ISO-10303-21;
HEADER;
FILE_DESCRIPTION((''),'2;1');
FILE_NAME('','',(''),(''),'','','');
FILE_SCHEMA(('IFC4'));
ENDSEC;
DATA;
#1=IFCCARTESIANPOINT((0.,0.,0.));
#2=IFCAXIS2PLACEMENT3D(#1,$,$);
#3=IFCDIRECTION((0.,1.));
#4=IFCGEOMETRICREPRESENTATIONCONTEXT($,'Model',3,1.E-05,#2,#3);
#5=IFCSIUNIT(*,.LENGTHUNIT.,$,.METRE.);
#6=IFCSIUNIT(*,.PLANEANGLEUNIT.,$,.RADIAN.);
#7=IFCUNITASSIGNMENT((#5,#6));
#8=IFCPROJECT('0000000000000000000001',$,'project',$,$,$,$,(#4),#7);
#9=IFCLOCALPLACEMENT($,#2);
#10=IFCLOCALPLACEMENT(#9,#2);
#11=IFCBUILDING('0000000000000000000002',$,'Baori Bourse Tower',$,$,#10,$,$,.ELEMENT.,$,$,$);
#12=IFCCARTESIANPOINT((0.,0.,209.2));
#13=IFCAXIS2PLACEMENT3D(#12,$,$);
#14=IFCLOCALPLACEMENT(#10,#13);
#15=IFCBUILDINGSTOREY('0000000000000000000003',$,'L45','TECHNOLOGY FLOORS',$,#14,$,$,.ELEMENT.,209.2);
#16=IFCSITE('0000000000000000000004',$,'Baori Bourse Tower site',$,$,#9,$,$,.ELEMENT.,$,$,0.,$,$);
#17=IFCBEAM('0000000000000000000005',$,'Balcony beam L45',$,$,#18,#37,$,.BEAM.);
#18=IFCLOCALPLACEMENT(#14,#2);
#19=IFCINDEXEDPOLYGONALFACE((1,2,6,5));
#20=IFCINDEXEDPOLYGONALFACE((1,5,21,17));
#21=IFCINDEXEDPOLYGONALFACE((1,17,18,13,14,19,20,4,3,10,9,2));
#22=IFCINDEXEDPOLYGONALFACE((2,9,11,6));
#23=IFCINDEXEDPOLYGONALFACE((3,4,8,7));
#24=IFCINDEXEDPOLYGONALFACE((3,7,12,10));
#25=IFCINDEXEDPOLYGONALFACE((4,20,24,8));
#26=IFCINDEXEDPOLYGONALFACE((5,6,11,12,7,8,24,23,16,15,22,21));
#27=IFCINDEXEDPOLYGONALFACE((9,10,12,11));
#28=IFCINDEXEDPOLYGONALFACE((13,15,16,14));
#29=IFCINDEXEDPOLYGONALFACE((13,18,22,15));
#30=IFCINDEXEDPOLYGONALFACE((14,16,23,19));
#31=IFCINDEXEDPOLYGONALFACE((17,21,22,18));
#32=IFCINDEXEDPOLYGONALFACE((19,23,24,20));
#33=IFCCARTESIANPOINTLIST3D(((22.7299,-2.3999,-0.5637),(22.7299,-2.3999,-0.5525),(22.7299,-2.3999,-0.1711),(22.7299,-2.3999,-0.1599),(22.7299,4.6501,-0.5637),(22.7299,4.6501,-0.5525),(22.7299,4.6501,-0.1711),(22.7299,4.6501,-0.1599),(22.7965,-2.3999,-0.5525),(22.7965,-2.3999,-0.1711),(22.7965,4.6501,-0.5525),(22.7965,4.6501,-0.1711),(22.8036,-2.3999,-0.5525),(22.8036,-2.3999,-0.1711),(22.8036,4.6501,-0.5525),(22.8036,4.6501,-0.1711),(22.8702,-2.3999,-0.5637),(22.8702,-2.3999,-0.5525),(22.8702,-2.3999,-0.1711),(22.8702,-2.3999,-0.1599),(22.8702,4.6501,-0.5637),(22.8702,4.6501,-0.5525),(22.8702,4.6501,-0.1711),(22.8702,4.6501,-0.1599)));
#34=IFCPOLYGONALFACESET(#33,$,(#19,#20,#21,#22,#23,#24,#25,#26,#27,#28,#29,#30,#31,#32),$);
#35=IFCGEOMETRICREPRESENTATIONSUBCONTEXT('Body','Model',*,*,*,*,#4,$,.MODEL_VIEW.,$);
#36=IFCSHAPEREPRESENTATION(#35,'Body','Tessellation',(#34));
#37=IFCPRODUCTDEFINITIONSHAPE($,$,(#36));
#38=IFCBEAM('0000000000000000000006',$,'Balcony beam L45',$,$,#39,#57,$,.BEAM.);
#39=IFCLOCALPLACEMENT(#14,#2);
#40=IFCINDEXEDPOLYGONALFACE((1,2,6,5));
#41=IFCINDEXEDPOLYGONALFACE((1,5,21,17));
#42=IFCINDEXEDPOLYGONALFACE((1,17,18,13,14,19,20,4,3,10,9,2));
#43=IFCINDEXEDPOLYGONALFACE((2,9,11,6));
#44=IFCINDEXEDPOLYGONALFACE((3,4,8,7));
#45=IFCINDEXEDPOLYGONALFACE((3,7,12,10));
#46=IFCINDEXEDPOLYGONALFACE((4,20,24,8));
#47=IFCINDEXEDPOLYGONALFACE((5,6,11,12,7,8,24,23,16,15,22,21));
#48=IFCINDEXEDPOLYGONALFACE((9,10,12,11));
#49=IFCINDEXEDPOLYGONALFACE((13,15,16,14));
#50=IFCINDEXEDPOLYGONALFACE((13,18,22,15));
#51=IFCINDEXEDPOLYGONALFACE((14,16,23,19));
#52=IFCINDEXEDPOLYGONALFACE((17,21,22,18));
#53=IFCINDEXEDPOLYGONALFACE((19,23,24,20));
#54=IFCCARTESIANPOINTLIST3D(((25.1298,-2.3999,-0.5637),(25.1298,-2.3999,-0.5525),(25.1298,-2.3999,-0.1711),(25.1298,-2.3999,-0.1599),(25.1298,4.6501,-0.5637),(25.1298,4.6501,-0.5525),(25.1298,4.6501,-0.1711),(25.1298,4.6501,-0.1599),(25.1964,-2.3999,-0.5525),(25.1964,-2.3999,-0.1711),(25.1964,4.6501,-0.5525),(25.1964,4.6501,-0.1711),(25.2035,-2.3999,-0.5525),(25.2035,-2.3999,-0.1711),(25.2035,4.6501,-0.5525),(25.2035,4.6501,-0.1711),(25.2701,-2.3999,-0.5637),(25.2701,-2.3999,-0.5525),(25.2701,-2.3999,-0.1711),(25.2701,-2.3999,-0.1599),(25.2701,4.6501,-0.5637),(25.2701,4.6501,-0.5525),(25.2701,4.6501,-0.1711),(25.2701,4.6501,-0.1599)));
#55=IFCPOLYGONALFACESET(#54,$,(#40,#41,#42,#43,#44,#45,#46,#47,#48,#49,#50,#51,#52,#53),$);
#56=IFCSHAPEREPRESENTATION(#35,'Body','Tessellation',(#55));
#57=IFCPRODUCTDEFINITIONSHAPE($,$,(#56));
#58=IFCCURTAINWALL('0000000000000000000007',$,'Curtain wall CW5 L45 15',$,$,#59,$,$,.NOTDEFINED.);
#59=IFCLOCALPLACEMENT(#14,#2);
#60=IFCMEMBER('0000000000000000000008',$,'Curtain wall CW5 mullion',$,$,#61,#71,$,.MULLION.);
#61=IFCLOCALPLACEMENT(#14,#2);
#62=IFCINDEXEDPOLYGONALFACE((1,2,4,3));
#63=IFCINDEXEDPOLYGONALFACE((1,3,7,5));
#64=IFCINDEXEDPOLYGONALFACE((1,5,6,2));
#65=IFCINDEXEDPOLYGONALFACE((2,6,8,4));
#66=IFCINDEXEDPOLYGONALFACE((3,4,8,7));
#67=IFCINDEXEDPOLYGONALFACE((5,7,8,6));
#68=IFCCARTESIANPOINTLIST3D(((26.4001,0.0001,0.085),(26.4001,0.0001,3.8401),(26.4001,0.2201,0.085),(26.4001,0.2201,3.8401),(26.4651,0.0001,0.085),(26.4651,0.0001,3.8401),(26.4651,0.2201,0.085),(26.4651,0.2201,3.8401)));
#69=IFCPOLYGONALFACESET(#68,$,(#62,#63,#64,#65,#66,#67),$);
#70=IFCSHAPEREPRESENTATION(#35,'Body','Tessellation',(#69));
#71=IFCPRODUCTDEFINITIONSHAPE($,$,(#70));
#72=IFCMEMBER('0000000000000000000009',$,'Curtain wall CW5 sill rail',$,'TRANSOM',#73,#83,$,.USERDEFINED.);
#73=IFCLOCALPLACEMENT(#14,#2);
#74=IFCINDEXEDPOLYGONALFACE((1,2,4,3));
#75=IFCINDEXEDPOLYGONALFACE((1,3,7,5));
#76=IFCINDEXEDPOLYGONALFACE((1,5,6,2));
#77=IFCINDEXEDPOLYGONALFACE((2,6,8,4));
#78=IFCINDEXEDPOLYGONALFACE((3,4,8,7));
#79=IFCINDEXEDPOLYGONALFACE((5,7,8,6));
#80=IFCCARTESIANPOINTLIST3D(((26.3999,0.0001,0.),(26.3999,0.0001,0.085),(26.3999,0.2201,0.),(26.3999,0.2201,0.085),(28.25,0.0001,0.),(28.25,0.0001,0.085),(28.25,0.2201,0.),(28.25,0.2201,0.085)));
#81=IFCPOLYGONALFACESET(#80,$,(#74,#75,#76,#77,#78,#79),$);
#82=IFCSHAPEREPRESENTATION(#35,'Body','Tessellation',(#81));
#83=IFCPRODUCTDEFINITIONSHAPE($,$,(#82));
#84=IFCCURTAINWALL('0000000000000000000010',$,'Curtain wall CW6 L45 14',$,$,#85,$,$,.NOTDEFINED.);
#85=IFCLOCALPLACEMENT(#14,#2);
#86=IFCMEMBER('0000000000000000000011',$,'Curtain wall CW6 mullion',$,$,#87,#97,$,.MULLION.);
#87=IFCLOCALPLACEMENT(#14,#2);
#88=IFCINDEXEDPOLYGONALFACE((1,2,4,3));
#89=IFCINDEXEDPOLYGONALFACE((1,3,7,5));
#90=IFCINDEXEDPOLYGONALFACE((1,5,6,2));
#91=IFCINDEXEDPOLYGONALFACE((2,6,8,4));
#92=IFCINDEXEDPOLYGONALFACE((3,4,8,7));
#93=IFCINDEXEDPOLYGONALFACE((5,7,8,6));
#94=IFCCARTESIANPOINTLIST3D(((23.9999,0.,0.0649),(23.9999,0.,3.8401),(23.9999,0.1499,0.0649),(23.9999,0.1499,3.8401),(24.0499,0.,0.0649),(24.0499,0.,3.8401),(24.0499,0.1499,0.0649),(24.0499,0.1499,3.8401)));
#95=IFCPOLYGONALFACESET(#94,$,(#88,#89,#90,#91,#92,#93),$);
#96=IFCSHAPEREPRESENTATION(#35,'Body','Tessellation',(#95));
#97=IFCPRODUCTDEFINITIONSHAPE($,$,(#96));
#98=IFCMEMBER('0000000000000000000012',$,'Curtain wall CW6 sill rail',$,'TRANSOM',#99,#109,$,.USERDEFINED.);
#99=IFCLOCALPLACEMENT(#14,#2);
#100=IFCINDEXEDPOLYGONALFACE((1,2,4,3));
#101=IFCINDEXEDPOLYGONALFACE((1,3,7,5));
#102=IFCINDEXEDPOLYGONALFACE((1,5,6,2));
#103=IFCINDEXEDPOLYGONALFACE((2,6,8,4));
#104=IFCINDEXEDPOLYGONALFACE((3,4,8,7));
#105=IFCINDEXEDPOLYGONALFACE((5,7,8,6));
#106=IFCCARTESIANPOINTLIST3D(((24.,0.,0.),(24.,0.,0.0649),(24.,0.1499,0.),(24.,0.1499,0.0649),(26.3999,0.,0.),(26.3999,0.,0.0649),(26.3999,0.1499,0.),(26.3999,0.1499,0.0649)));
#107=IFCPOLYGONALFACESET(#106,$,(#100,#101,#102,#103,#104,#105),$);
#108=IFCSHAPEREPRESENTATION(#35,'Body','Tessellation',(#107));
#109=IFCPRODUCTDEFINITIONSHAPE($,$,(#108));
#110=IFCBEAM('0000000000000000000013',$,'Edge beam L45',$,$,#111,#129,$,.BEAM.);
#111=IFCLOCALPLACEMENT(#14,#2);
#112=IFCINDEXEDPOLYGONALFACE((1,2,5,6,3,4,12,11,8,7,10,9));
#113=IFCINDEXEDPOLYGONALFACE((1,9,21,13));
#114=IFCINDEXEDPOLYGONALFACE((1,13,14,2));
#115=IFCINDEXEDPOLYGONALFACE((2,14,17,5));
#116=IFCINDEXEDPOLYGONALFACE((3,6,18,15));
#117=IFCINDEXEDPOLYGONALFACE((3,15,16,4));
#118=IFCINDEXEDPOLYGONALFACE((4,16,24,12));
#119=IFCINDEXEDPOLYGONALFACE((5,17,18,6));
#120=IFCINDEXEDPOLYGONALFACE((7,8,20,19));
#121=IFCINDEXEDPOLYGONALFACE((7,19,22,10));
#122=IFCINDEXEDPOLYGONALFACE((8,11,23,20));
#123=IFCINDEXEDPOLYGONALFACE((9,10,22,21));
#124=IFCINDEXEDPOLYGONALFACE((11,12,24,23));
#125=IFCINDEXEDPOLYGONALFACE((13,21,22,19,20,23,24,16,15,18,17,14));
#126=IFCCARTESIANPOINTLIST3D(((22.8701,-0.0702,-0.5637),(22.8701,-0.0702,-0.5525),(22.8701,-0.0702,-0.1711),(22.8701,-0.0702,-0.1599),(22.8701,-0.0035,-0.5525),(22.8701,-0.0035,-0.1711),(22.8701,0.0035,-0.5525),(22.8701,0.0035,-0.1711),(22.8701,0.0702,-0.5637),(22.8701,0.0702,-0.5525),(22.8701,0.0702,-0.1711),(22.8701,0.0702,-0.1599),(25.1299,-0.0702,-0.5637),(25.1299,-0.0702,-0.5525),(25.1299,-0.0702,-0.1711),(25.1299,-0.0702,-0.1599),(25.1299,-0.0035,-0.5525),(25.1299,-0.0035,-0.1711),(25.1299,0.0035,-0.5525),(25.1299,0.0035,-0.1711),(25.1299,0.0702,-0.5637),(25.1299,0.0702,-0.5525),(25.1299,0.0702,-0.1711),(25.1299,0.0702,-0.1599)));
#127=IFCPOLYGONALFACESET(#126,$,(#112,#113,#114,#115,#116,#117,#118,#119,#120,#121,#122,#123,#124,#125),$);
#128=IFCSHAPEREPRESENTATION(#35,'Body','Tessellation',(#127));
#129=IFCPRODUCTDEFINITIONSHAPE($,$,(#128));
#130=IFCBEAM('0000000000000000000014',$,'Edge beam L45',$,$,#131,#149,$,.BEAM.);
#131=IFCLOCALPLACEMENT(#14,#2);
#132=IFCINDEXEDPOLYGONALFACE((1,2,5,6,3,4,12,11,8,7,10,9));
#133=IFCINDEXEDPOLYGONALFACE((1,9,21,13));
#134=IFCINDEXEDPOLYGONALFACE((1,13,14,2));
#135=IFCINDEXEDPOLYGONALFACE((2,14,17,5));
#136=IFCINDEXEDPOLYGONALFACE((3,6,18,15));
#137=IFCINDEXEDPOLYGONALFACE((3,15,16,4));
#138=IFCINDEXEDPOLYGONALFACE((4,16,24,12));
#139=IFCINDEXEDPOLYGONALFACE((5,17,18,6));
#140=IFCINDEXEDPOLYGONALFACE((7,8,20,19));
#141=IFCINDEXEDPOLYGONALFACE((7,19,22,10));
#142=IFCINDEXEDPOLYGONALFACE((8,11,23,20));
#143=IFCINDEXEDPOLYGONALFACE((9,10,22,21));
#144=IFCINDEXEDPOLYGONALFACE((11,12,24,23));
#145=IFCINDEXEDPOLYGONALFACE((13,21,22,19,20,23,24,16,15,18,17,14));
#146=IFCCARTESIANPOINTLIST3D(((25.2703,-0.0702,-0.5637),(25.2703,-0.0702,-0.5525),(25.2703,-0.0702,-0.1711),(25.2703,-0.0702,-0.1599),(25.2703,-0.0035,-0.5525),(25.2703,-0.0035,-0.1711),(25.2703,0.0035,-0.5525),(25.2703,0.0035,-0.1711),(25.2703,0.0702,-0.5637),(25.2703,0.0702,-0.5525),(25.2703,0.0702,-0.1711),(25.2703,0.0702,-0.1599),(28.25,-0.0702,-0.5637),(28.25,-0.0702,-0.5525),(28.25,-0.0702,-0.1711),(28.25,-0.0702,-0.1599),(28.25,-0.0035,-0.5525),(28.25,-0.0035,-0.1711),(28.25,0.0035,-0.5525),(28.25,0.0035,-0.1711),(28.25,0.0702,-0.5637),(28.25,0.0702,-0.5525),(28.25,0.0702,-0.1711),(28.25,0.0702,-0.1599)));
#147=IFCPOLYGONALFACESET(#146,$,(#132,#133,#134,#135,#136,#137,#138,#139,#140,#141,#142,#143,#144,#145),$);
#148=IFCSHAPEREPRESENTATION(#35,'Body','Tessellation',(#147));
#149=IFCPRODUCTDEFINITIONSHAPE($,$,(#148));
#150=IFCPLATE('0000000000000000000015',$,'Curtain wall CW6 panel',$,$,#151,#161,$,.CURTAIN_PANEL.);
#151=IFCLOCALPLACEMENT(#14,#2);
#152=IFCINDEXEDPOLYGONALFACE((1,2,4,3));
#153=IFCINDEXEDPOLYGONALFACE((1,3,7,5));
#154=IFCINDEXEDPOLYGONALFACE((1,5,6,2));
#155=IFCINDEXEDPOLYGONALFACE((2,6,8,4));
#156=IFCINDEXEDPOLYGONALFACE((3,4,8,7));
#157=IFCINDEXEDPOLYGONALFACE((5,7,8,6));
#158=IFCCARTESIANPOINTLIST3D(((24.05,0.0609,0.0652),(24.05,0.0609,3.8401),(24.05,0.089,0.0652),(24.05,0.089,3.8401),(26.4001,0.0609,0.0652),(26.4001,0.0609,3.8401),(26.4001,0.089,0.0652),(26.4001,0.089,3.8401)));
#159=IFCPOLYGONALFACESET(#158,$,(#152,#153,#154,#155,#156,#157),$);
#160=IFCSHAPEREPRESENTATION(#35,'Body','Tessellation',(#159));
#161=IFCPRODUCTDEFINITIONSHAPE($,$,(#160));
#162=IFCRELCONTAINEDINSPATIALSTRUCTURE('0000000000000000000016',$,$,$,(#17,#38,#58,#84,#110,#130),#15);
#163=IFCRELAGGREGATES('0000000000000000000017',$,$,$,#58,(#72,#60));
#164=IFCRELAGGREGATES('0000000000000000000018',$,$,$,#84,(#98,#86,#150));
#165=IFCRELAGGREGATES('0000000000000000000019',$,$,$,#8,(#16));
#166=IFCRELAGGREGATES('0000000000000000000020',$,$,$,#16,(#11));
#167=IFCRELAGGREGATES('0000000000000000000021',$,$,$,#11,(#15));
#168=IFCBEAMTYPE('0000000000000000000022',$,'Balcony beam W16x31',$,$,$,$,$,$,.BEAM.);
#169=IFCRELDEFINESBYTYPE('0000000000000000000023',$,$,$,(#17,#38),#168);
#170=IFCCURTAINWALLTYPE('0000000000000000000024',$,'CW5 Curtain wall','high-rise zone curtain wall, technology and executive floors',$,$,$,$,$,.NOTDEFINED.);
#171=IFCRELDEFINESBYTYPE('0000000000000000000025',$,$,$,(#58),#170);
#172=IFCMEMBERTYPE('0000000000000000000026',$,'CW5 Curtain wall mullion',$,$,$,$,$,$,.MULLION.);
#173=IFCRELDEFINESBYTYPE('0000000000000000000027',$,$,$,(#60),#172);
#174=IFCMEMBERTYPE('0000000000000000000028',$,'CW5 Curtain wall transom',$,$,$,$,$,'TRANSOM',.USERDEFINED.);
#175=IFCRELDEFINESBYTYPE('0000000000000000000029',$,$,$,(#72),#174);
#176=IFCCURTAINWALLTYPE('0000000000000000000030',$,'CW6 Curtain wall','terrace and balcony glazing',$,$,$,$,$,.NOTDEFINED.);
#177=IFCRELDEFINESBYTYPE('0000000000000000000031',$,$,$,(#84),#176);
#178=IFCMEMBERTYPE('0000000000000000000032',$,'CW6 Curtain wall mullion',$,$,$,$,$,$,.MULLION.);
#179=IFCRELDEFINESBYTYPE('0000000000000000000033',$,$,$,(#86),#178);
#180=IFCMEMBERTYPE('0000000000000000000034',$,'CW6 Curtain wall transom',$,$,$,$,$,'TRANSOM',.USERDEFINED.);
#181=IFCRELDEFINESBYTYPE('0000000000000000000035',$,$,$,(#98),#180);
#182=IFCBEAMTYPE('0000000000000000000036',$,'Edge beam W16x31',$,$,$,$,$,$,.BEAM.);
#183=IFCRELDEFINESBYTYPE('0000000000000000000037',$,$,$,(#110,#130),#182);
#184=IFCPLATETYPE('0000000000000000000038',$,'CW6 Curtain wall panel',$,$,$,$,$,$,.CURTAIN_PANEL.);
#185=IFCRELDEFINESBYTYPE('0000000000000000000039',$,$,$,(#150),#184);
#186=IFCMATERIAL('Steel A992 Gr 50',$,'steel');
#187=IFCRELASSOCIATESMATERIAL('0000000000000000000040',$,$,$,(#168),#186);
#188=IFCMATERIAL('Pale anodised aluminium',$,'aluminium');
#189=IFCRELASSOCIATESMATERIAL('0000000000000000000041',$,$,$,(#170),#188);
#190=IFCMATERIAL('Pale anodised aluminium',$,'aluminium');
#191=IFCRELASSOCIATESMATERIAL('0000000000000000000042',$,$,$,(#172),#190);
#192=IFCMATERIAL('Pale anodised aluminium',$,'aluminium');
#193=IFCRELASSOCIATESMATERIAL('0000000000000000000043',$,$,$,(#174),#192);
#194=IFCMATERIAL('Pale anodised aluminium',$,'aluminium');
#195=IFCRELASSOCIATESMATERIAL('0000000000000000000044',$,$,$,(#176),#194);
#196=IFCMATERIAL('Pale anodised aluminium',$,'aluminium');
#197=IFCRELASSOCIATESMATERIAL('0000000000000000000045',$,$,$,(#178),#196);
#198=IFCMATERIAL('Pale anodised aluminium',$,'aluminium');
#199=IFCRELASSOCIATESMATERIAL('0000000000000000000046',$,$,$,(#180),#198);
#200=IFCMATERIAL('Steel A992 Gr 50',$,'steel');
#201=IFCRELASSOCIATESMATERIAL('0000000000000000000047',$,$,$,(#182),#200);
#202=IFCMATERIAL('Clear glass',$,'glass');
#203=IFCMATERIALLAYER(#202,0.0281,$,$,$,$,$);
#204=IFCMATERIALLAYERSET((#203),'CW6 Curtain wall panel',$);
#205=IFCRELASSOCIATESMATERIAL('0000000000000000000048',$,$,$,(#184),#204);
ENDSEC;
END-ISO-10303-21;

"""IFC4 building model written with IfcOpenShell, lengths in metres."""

from ifc_helpers import new_model, si_unit, direction, frame, origin, origin_2d, place, context, subcontext, project, spatial, rectangle, i_section, extrude, material, layer, layer_set, material_profile, profile_set, type_object, element, aggregate, save


model = new_model("IFC4")

# Units and contexts
model_context = context("Model", 3, precision=1e-05, world=origin(), true_north=direction((0.0, 1.0)))
body_context = subcontext(model_context, "Body", "Model", "MODEL_VIEW")
ifc_project = project(units=[si_unit("LENGTHUNIT", "METRE"), si_unit("PLANEANGLEUNIT", "RADIAN")], contexts=[model_context])

# Site, building, storey
site_placement = place(None, origin())
site = spatial("IfcSite", under=ifc_project, at=site_placement, Name="Baori Bourse Tower site", CompositionType="ELEMENT", RefElevation=0.0)
building_placement = place(site_placement, origin())
building = spatial("IfcBuilding", under=site, at=building_placement, Name="Baori Bourse Tower", CompositionType="ELEMENT")
storey_placement = place(building_placement, frame((0.0, 0.0, 209.2)))
storey = spatial("IfcBuildingStorey", under=building, at=storey_placement, Name="L45", Description="TECHNOLOGY FLOORS", CompositionType="ELEMENT", Elevation=209.2)

# Beams
ifc_material_1 = material(Name="Steel A992 Gr 50", Category="steel")
ifc_material_profile_1 = material_profile(ifc_material_1, i_section(OverallWidth=0.1404, OverallDepth=0.4038, WebThickness=0.0071, FlangeThickness=0.0112, at=origin_2d()), Name="W16x31")
ifc_profile_set_1 = profile_set([ifc_material_profile_1], Name="Steel A992 Gr 50")
beam_type_1 = type_object("IfcBeamType", Name="Balcony beam W16x31", PredefinedType="BEAM", material=ifc_profile_set_1)
for number, where, z_axis, x_axis, name in (
    (1, (22.8, -2.3999, -0.3618), (0.0, 1.0, 0.0), (-1.0, 0.0, 0.0), "Balcony beam L45"),
    (2, (25.2, -2.3999, -0.3618), (0.0, 1.0, 0.0), (-1.0, 0.0, 0.0), "Balcony beam L45"),
):
    element("IfcBeam", number, at=place(storey_placement, frame(where, z_axis=z_axis, x_axis=x_axis)), inside=storey, type_object=beam_type_1, Name=name, PredefinedType="BEAM", context=body_context, shape_type="SweptSolid", body=[
        extrude(i_section(OverallWidth=0.1404, OverallDepth=0.4038, WebThickness=0.0071, FlangeThickness=0.0112, at=origin_2d()), origin(), (0.0, 0.0, 1.0), 7.05),
    ])

# Curtain walls, members
ifc_material_2 = material(Name="Pale anodised aluminium", Category="aluminium")
curtain_wall_type_1 = type_object("IfcCurtainWallType", Name="CW5 Curtain wall", Description="high-rise zone curtain wall, technology and executive floors", PredefinedType="NOTDEFINED", material=ifc_material_2)
curtain_wall_1_placement = place(storey_placement, origin())
curtain_wall_1 = element("IfcCurtainWall", 3, at=curtain_wall_1_placement, inside=storey, type_object=curtain_wall_type_1, Name="Curtain wall CW5 L45 15", PredefinedType="NOTDEFINED")
ifc_material_3 = material(Name="Pale anodised aluminium", Category="aluminium")
ifc_material_profile_2 = material_profile(ifc_material_3, rectangle(XDim=0.22, YDim=0.0649, at=origin_2d()), Name="Mullion 65x220")
ifc_profile_set_2 = profile_set([ifc_material_profile_2], Name="Pale anodised aluminium")
member_type_1 = type_object("IfcMemberType", Name="CW5 Curtain wall mullion", PredefinedType="MULLION", material=ifc_profile_set_2)
member_1_placement = place(storey_placement, frame((26.4326, 0.1101, 0.085), z_axis=(0.0, 0.0, 1.0), x_axis=(0.0, 1.0, 0.0)))
member_1 = element("IfcMember", 4, at=member_1_placement, type_object=member_type_1, Name="Curtain wall CW5 mullion", PredefinedType="MULLION", context=body_context, shape_type="SweptSolid", body=[
    extrude(rectangle(XDim=0.22, YDim=0.0649, at=origin_2d()), origin(), (0.0, 0.0, 1.0), 3.7551),
])
ifc_material_4 = material(Name="Pale anodised aluminium", Category="aluminium")
ifc_material_profile_3 = material_profile(ifc_material_4, rectangle(XDim=0.22, YDim=0.085, at=origin_2d()), Name="Transom 85x220")
ifc_profile_set_3 = profile_set([ifc_material_profile_3], Name="Pale anodised aluminium")
member_type_2 = type_object("IfcMemberType", Name="CW5 Curtain wall transom", ElementType="TRANSOM", PredefinedType="USERDEFINED", material=ifc_profile_set_3)
member_2_placement = place(storey_placement, frame((26.3999, 0.1101, 0.0425), z_axis=(1.0, 0.0, 0.0), x_axis=(0.0, 1.0, 0.0)))
member_2 = element("IfcMember", 5, at=member_2_placement, type_object=member_type_2, Name="Curtain wall CW5 sill rail", ObjectType="TRANSOM", PredefinedType="USERDEFINED", context=body_context, shape_type="SweptSolid", body=[
    extrude(rectangle(XDim=0.22, YDim=0.085, at=origin_2d()), origin(), (0.0, 0.0, 1.0), 1.8501),
])
aggregate(curtain_wall_1, [member_2, member_1])
ifc_material_5 = material(Name="Pale anodised aluminium", Category="aluminium")
curtain_wall_type_2 = type_object("IfcCurtainWallType", Name="CW6 Curtain wall", Description="terrace and balcony glazing", PredefinedType="NOTDEFINED", material=ifc_material_5)
curtain_wall_2_placement = place(storey_placement, origin())
curtain_wall_2 = element("IfcCurtainWall", 6, at=curtain_wall_2_placement, inside=storey, type_object=curtain_wall_type_2, Name="Curtain wall CW6 L45 14", PredefinedType="NOTDEFINED")
ifc_material_6 = material(Name="Pale anodised aluminium", Category="aluminium")
ifc_material_profile_4 = material_profile(ifc_material_6, rectangle(XDim=0.1499, YDim=0.05, at=origin_2d()), Name="Mullion 50x150")
ifc_profile_set_4 = profile_set([ifc_material_profile_4], Name="Pale anodised aluminium")
member_type_3 = type_object("IfcMemberType", Name="CW6 Curtain wall mullion", PredefinedType="MULLION", material=ifc_profile_set_4)
member_3_placement = place(storey_placement, frame((24.0249, 0.075, 0.0649), z_axis=(0.0, 0.0, 1.0), x_axis=(0.0, 1.0, 0.0)))
member_3 = element("IfcMember", 7, at=member_3_placement, type_object=member_type_3, Name="Curtain wall CW6 mullion", PredefinedType="MULLION", context=body_context, shape_type="SweptSolid", body=[
    extrude(rectangle(XDim=0.1499, YDim=0.05, at=origin_2d()), origin(), (0.0, 0.0, 1.0), 3.7751),
])
ifc_material_7 = material(Name="Pale anodised aluminium", Category="aluminium")
ifc_material_profile_5 = material_profile(ifc_material_7, rectangle(XDim=0.1499, YDim=0.0649, at=origin_2d()), Name="Transom 65x150")
ifc_profile_set_5 = profile_set([ifc_material_profile_5], Name="Pale anodised aluminium")
member_type_4 = type_object("IfcMemberType", Name="CW6 Curtain wall transom", ElementType="TRANSOM", PredefinedType="USERDEFINED", material=ifc_profile_set_5)
member_4_placement = place(storey_placement, frame((24.0, 0.075, 0.0325), z_axis=(1.0, 0.0, 0.0), x_axis=(0.0, 1.0, 0.0)))
member_4 = element("IfcMember", 8, at=member_4_placement, type_object=member_type_4, Name="Curtain wall CW6 sill rail", ObjectType="TRANSOM", PredefinedType="USERDEFINED", context=body_context, shape_type="SweptSolid", body=[
    extrude(rectangle(XDim=0.1499, YDim=0.0649, at=origin_2d()), origin(), (0.0, 0.0, 1.0), 2.3999),
])

# Beams
ifc_material_8 = material(Name="Steel A992 Gr 50", Category="steel")
ifc_material_profile_6 = material_profile(ifc_material_8, i_section(OverallWidth=0.1404, OverallDepth=0.4038, WebThickness=0.0071, FlangeThickness=0.0112, at=origin_2d()), Name="W16x31")
ifc_profile_set_6 = profile_set([ifc_material_profile_6], Name="Steel A992 Gr 50")
beam_type_2 = type_object("IfcBeamType", Name="Edge beam W16x31", PredefinedType="BEAM", material=ifc_profile_set_6)
beam_1_placement = place(storey_placement, frame((22.8701, 0.0, -0.3618), z_axis=(1.0, 0.0, 0.0), x_axis=(0.0, 1.0, 0.0)))
element("IfcBeam", 9, at=beam_1_placement, inside=storey, type_object=beam_type_2, Name="Edge beam L45", PredefinedType="BEAM", context=body_context, shape_type="SweptSolid", body=[
    extrude(i_section(OverallWidth=0.1404, OverallDepth=0.4038, WebThickness=0.0071, FlangeThickness=0.0112, at=origin_2d()), origin(), (0.0, 0.0, 1.0), 2.2598),
])
beam_2_placement = place(storey_placement, frame((25.2703, 0.0, -0.3618), z_axis=(1.0, 0.0, 0.0), x_axis=(0.0, 1.0, 0.0)))
element("IfcBeam", 10, at=beam_2_placement, inside=storey, type_object=beam_type_2, Name="Edge beam L45", PredefinedType="BEAM", context=body_context, shape_type="SweptSolid", body=[
    extrude(i_section(OverallWidth=0.1404, OverallDepth=0.4038, WebThickness=0.0071, FlangeThickness=0.0112, at=origin_2d()), origin(), (0.0, 0.0, 1.0), 2.9797),
])

# Plate
ifc_material_9 = material(Name="Clear glass", Category="glass")
ifc_layer_1 = layer(ifc_material_9, 0.0281)
ifc_layer_set_1 = layer_set([ifc_layer_1], Name="CW6 Curtain wall panel")
plate_type = type_object("IfcPlateType", Name="CW6 Curtain wall panel", PredefinedType="CURTAIN_PANEL", material=ifc_layer_set_1)
plate_placement = place(storey_placement, frame((25.2251, 0.075, 0.0652), z_axis=(0.0, 0.0, 1.0), x_axis=(1.0, 0.0, 0.0)))
plate = element("IfcPlate", 11, at=plate_placement, type_object=plate_type, Name="Curtain wall CW6 panel", PredefinedType="CURTAIN_PANEL", context=body_context, shape_type="SweptSolid", body=[
    extrude(rectangle(XDim=2.3501, YDim=0.0281, at=origin_2d()), origin(), (0.0, 0.0, 1.0), 3.7749),
])
aggregate(curtain_wall_2, [member_4, member_3, plate])

save(model, "model.ifc")
